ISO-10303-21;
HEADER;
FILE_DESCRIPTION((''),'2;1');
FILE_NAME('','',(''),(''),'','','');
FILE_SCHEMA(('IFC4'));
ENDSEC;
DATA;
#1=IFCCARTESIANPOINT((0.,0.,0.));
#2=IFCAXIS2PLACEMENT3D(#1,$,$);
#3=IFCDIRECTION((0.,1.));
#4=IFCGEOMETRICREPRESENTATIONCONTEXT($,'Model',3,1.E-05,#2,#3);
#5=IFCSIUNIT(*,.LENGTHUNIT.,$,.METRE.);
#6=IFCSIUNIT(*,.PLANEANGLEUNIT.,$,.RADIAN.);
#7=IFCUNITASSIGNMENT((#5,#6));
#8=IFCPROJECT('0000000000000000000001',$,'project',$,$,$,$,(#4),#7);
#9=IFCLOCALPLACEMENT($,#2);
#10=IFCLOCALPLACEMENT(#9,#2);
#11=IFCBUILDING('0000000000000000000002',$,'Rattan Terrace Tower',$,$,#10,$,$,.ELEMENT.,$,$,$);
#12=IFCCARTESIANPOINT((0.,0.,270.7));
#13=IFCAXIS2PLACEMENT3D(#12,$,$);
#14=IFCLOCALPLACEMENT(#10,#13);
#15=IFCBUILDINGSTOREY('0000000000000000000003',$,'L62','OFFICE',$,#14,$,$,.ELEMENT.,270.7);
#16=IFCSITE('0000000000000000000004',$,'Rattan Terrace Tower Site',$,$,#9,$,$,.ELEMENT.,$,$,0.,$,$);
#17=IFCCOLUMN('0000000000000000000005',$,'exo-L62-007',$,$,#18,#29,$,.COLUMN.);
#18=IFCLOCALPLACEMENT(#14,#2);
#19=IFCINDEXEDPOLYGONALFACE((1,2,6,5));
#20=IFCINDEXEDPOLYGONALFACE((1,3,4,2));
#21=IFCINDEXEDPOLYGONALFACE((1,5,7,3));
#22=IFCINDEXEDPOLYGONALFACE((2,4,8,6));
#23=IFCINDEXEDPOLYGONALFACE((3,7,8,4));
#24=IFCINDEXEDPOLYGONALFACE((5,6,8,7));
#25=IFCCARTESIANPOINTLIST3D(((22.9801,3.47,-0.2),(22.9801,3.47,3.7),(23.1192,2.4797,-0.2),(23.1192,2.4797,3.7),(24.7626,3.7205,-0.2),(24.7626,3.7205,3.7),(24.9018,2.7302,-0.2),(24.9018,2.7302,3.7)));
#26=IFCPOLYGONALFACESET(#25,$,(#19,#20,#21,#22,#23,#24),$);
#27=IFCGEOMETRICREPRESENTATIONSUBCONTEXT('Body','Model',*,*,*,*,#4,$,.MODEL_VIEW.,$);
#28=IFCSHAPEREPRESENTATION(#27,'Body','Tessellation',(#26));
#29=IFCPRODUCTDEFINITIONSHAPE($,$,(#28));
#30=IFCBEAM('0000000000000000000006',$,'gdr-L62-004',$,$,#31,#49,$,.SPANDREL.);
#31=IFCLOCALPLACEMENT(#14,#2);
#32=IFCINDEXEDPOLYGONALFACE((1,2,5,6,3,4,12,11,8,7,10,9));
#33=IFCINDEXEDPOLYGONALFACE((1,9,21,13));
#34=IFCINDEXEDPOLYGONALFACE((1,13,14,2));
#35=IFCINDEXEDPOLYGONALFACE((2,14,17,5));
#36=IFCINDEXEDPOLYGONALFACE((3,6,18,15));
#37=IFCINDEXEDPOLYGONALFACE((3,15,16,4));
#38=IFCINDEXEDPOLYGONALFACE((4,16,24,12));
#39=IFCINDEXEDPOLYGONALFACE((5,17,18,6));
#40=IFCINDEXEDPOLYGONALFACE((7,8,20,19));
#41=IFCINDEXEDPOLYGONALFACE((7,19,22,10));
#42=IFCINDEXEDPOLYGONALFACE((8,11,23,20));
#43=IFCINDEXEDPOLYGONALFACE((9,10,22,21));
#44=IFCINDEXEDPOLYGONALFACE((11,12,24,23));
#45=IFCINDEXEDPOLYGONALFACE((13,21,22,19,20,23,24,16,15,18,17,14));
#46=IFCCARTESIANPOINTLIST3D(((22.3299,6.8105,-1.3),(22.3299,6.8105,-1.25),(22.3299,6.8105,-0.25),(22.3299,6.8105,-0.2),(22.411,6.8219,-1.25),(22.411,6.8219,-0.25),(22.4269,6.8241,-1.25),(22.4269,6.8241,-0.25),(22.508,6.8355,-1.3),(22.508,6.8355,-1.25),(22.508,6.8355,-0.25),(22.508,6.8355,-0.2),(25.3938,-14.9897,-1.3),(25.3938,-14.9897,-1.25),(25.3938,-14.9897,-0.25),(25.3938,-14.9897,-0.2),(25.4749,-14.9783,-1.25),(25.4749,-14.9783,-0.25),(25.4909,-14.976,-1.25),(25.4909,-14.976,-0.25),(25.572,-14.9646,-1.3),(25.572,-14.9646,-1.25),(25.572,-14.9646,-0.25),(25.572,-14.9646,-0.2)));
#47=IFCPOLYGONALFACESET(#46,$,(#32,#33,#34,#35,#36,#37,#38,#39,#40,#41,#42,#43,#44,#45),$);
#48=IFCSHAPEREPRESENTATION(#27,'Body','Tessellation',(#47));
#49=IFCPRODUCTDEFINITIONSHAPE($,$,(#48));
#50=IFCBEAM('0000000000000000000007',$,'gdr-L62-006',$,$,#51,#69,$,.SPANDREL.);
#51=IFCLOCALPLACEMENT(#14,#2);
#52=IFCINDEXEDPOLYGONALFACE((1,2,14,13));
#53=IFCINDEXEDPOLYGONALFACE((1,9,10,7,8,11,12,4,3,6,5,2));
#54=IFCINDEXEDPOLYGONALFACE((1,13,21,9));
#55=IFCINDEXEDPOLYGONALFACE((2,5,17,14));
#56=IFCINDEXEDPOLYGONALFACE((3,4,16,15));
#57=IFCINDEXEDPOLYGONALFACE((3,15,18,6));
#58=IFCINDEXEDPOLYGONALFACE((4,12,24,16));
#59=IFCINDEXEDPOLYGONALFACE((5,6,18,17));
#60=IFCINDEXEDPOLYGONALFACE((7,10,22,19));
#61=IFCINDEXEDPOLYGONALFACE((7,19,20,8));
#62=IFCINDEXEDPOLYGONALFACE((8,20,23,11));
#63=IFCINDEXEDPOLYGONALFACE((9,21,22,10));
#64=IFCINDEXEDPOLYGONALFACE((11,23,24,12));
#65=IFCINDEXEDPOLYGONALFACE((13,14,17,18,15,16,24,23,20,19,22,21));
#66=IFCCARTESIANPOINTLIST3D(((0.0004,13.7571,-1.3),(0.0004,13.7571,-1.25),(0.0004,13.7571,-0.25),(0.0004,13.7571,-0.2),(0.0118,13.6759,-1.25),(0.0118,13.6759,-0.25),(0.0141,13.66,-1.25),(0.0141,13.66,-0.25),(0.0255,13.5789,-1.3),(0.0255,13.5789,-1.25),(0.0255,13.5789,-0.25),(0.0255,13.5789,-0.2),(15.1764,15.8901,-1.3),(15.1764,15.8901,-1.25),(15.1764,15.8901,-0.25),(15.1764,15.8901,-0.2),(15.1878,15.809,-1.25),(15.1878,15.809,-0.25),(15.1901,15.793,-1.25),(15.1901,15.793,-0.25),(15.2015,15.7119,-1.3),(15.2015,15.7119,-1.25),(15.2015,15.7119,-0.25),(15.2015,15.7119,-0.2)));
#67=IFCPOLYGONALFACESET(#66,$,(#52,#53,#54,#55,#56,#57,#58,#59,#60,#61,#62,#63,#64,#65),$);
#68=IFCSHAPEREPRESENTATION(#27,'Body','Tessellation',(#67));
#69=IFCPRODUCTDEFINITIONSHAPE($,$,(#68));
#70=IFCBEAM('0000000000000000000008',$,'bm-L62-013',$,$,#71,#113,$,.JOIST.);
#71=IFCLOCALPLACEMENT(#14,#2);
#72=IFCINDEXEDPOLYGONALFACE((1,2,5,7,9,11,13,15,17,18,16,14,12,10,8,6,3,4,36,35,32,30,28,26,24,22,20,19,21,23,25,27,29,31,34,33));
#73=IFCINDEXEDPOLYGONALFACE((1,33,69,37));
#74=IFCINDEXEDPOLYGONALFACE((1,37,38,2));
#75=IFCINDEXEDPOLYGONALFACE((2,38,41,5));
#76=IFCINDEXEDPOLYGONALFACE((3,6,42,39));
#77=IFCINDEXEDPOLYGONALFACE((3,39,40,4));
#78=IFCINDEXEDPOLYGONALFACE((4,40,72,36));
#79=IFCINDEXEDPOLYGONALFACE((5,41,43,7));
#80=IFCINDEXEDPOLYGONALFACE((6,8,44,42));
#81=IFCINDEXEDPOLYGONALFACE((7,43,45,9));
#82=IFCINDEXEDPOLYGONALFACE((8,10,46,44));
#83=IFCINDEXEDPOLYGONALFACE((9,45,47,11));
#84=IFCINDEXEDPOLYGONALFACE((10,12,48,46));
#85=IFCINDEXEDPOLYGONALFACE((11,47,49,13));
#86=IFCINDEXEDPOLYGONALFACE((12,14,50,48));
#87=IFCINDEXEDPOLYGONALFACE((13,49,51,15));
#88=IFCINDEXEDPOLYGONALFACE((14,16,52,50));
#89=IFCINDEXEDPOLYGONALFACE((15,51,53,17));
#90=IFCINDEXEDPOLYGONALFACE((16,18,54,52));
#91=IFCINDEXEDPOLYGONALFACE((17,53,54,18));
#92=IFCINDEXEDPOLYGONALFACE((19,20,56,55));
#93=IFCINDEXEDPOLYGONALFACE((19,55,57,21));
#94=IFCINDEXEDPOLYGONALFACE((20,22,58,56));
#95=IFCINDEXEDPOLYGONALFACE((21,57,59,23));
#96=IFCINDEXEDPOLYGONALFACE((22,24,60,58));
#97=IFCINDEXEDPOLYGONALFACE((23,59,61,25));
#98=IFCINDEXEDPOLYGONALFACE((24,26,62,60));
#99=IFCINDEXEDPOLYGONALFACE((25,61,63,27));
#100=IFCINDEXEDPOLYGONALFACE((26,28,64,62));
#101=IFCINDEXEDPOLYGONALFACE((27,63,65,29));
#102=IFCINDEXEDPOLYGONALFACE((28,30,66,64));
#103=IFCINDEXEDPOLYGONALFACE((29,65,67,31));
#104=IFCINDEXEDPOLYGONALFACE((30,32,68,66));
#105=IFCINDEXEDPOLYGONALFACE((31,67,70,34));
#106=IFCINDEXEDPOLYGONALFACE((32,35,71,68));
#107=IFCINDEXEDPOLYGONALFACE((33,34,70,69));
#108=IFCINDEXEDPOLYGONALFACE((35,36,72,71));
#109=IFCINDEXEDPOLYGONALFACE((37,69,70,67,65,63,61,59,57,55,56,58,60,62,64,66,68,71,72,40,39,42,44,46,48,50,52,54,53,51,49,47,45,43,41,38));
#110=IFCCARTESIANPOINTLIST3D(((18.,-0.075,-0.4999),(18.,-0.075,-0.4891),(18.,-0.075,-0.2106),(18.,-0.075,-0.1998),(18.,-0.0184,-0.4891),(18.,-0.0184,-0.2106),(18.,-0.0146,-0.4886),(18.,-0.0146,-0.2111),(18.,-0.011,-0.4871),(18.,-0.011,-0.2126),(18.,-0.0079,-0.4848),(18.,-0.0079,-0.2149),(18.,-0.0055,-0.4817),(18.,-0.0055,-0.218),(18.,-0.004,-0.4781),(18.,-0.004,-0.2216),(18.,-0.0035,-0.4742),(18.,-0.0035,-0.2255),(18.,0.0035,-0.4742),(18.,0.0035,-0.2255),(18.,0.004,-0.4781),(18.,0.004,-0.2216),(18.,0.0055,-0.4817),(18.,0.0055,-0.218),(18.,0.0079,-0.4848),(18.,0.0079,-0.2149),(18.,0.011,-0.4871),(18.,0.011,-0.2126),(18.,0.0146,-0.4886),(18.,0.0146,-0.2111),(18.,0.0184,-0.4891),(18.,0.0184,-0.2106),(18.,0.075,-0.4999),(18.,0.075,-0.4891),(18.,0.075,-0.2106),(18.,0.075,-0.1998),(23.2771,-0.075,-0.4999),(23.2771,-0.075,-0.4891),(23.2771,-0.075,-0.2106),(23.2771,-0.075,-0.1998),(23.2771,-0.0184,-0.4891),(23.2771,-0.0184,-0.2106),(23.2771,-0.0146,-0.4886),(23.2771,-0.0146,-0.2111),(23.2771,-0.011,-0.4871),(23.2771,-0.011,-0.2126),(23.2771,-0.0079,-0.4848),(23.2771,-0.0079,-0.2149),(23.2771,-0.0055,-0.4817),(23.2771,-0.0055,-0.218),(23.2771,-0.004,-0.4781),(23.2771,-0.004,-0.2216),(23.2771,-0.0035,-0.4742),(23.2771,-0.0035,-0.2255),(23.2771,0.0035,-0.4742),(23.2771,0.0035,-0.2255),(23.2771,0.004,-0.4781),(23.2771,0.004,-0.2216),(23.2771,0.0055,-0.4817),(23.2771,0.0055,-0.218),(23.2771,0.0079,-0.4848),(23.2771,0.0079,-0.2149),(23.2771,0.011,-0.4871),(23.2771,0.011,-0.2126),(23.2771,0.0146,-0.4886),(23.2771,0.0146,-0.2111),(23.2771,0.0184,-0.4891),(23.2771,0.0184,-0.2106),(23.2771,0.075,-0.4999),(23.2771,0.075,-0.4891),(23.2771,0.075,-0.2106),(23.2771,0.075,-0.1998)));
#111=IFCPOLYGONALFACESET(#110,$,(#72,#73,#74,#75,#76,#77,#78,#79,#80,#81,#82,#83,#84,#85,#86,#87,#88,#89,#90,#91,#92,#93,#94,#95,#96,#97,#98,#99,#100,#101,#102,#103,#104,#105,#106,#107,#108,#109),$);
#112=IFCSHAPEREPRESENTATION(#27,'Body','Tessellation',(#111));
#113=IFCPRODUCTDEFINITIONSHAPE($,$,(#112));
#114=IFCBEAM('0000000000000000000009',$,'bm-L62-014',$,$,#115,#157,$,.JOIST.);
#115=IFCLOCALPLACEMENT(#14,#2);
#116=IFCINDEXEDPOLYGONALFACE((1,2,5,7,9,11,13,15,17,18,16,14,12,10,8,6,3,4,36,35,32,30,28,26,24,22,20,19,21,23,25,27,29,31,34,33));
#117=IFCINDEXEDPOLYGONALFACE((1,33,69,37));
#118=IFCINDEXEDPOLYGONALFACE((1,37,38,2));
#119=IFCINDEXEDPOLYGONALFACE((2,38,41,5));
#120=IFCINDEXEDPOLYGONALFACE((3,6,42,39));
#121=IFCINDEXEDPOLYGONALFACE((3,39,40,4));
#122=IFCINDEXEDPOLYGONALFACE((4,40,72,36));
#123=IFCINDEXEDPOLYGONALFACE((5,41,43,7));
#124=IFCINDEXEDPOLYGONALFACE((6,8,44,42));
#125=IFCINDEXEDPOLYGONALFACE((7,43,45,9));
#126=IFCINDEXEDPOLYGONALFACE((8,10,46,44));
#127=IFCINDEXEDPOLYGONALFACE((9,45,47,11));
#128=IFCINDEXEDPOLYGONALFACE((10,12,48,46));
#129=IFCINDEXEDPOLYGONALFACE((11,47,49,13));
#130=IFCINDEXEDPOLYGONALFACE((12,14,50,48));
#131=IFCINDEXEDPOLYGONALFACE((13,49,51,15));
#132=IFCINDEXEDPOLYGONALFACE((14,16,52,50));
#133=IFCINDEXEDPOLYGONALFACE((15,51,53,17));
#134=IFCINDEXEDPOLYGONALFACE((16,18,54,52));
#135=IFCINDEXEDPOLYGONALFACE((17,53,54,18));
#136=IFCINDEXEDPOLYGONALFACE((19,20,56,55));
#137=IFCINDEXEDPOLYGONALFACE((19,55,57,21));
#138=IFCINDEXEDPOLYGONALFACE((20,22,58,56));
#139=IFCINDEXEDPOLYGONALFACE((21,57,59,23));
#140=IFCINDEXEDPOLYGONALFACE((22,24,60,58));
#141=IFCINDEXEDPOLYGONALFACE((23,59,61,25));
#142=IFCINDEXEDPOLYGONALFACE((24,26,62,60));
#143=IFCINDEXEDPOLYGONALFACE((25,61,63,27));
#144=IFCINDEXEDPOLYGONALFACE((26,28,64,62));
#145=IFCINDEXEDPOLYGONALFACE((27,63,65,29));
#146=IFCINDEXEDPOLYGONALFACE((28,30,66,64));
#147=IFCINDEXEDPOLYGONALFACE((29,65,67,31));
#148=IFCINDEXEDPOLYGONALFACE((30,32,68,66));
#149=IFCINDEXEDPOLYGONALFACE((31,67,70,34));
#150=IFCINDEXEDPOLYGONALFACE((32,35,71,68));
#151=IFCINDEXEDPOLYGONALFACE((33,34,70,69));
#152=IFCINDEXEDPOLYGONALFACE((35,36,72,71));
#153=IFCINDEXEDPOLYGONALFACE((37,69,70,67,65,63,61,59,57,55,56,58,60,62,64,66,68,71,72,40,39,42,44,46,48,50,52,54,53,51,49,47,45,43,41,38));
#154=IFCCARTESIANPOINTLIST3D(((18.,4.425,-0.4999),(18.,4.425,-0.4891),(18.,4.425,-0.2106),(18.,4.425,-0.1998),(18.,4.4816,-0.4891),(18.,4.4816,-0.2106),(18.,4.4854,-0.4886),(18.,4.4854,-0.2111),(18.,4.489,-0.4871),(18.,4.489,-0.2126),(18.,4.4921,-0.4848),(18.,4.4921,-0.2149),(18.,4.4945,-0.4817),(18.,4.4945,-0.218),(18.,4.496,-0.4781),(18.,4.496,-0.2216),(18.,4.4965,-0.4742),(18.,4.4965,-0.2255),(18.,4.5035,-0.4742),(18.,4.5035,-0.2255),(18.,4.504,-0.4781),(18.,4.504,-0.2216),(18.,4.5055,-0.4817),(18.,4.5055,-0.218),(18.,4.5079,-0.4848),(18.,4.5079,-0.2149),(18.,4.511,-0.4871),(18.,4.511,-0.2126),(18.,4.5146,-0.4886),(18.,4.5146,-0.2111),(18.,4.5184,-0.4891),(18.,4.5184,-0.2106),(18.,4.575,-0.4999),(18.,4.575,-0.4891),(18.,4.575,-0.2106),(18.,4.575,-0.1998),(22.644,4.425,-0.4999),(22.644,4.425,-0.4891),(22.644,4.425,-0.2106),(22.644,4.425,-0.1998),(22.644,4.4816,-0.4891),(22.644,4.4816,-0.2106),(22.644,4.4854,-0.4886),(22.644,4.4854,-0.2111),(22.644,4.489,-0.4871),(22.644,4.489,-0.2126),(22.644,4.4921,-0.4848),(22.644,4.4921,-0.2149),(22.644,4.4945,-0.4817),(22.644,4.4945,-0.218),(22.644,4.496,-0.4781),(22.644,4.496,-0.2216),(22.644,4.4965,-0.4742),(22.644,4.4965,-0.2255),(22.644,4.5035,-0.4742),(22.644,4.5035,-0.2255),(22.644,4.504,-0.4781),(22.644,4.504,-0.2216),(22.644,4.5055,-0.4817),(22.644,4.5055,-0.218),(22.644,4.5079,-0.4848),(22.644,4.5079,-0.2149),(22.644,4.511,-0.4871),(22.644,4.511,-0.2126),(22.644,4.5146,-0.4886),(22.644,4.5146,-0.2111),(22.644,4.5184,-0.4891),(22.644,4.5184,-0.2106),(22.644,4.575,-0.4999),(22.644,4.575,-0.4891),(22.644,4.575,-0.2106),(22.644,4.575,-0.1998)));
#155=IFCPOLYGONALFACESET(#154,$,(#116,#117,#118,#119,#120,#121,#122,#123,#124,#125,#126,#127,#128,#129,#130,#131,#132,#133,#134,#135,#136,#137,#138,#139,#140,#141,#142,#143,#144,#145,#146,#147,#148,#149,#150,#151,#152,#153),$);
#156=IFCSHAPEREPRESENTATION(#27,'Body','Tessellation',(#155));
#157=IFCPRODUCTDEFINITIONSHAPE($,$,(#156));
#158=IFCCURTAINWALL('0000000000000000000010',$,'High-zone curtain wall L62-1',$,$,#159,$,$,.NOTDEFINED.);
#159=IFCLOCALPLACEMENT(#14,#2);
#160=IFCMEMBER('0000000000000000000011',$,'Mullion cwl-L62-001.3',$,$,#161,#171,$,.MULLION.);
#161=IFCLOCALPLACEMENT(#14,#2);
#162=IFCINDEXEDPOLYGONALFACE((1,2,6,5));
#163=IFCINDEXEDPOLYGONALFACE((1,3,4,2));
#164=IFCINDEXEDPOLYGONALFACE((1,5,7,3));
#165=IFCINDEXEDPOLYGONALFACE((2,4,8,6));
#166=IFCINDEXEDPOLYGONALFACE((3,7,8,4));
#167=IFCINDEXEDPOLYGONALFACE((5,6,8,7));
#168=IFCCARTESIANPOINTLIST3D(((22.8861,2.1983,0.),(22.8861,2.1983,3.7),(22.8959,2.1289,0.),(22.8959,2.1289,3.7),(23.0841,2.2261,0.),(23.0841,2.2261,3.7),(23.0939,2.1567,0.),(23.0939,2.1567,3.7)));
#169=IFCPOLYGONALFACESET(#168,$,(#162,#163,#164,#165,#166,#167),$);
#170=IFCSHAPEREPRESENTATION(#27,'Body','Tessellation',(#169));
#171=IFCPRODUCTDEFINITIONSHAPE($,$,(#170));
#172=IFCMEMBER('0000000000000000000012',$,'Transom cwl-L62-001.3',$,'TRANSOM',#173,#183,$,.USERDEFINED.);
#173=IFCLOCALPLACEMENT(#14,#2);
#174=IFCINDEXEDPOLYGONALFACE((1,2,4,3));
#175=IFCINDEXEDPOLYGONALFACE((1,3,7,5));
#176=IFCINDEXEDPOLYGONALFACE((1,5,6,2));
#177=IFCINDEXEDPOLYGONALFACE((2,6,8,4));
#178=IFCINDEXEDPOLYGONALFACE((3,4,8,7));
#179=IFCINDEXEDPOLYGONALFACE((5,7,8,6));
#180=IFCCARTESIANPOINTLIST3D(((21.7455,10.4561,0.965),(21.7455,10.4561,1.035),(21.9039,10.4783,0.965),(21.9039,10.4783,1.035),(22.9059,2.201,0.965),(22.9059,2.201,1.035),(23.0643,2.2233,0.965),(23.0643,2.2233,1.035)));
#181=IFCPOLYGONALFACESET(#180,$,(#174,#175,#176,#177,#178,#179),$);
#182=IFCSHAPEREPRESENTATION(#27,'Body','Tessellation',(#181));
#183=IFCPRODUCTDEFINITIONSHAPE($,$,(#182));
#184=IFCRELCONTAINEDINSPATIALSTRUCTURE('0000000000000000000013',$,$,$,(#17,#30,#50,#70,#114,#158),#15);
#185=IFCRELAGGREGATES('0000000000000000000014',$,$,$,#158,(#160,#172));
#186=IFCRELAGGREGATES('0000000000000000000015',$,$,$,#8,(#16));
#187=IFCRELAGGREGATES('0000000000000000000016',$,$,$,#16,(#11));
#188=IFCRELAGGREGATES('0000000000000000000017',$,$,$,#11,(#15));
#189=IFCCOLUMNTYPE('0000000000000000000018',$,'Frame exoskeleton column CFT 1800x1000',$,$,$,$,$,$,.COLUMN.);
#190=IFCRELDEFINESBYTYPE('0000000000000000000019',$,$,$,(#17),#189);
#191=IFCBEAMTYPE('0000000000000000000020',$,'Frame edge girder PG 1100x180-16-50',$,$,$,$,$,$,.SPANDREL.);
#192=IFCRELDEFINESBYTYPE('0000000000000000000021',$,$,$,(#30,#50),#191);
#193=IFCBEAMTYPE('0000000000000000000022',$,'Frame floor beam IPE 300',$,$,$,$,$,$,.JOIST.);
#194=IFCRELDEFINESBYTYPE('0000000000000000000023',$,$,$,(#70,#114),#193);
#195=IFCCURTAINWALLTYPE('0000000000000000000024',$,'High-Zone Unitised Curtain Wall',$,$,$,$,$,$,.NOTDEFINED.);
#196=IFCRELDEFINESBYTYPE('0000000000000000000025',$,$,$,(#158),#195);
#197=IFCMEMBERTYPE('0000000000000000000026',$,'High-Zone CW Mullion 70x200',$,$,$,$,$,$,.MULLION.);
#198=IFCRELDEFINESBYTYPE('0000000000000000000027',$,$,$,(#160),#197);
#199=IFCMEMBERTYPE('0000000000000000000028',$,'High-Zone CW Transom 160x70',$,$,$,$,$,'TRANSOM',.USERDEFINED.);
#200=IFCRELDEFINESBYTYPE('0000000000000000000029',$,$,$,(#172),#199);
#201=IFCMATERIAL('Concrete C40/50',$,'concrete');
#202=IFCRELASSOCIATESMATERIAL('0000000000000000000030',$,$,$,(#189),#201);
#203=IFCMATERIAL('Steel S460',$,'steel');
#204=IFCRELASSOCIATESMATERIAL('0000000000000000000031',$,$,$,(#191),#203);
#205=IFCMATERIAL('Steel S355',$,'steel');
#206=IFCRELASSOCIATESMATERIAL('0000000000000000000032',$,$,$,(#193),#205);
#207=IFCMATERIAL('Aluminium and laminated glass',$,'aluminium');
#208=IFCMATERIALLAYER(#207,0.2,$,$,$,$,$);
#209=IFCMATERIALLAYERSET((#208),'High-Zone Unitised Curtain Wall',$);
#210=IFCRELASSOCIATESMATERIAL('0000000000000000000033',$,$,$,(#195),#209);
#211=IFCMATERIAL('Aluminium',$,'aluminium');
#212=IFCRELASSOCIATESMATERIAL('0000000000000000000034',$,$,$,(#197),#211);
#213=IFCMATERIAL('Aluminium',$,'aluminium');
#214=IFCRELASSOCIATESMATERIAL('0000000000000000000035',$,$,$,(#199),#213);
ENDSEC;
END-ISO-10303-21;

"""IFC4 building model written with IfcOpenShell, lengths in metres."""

from ifc_helpers import new_model, si_unit, direction, frame, origin, origin_2d, place, context, subcontext, project, spatial, rectangle, i_section, extrude, material, layer, layer_set, material_profile, profile_set, type_object, element, aggregate, save


model = new_model("IFC4")

# Units and contexts
model_context = context("Model", 3, precision=1e-05, world=origin(), true_north=direction((0.0, 1.0)))
body_context = subcontext(model_context, "Body", "Model", "MODEL_VIEW")
ifc_project = project(units=[si_unit("LENGTHUNIT", "METRE"), si_unit("PLANEANGLEUNIT", "RADIAN")], contexts=[model_context])

# Site, building, storey
site_placement = place(None, origin())
site = spatial("IfcSite", under=ifc_project, at=site_placement, Name="Rattan Terrace Tower Site", CompositionType="ELEMENT", RefElevation=0.0)
building_placement = place(site_placement, origin())
building = spatial("IfcBuilding", under=site, at=building_placement, Name="Rattan Terrace Tower", CompositionType="ELEMENT")
storey_placement = place(building_placement, frame((0.0, 0.0, 270.7)))
storey = spatial("IfcBuildingStorey", under=building, at=storey_placement, Name="L62", Description="OFFICE", CompositionType="ELEMENT", Elevation=270.7)

# Column
ifc_material_1 = material(Name="Concrete C40/50", Category="concrete")
ifc_material_profile_1 = material_profile(ifc_material_1, rectangle(XDim=1.0, YDim=1.8, at=origin_2d()), Name="CFT 1800x1000")
ifc_profile_set_1 = profile_set([ifc_material_profile_1], Name="Concrete C40/50")
column_type = type_object("IfcColumnType", Name="Frame exoskeleton column CFT 1800x1000", PredefinedType="COLUMN", material=ifc_profile_set_1)
column_placement = place(storey_placement, frame((23.9409, 3.1001, -0.2), z_axis=(0.0, 0.0, 1.0), x_axis=(-0.13919, 0.990266, 0.0)))
element("IfcColumn", 1, at=column_placement, inside=storey, type_object=column_type, Name="exo-L62-007", PredefinedType="COLUMN", context=body_context, shape_type="SweptSolid", body=[
    extrude(rectangle(XDim=1.0, YDim=1.8, at=origin_2d()), origin(), (0.0, 0.0, 1.0), 3.8999),
])

# Beams
ifc_material_2 = material(Name="Steel S460", Category="steel")
ifc_material_profile_2 = material_profile(ifc_material_2, i_section(OverallWidth=0.1799, OverallDepth=1.1001, WebThickness=0.0161, FlangeThickness=0.05, at=origin_2d()), Name="PG 1100x180-16-50")
ifc_profile_set_2 = profile_set([ifc_material_profile_2], Name="Steel S460")
beam_type_1 = type_object("IfcBeamType", Name="Frame edge girder PG 1100x180-16-50", PredefinedType="SPANDREL", material=ifc_profile_set_2)
beam_1_placement = place(storey_placement, frame((22.4189, 6.823, -0.75), z_axis=(0.139181, -0.990267, 0.0), x_axis=(0.990267, 0.139181, 0.0)))
element("IfcBeam", 2, at=beam_1_placement, inside=storey, type_object=beam_type_1, Name="gdr-L62-004", PredefinedType="SPANDREL", context=body_context, shape_type="SweptSolid", body=[
    extrude(i_section(OverallWidth=0.1799, OverallDepth=1.1001, WebThickness=0.0161, FlangeThickness=0.05, at=origin_2d()), origin(), (0.0, 0.0, 1.0), 22.0144),
])
beam_2_placement = place(storey_placement, frame((15.189, 15.801, -0.75), z_axis=(-0.990266, -0.139186, 0.0), x_axis=(0.139186, -0.990266, 0.0)))
element("IfcBeam", 3, at=beam_2_placement, inside=storey, type_object=beam_type_1, Name="gdr-L62-006", PredefinedType="SPANDREL", context=body_context, shape_type="SweptSolid", body=[
    extrude(i_section(OverallWidth=0.1799, OverallDepth=1.1001, WebThickness=0.0161, FlangeThickness=0.05, at=origin_2d()), origin(), (0.0, 0.0, 1.0), 15.3252),
])
ifc_material_3 = material(Name="Steel S355", Category="steel")
ifc_material_profile_3 = material_profile(ifc_material_3, i_section(OverallWidth=0.1499, OverallDepth=0.3, WebThickness=0.0071, FlangeThickness=0.0107, FilletRadius=0.0149, at=origin_2d()), Name="IPE 300")
ifc_profile_set_3 = profile_set([ifc_material_profile_3], Name="Steel S355")
beam_type_2 = type_object("IfcBeamType", Name="Frame floor beam IPE 300", PredefinedType="JOIST", material=ifc_profile_set_3)
beam_3_placement = place(storey_placement, frame((18.0, 0.0, -0.3499), z_axis=(1.0, 0.0, 0.0), x_axis=(0.0, 1.0, 0.0)))
element("IfcBeam", 4, at=beam_3_placement, inside=storey, type_object=beam_type_2, Name="bm-L62-013", PredefinedType="JOIST", context=body_context, shape_type="SweptSolid", body=[
    extrude(i_section(OverallWidth=0.1499, OverallDepth=0.3, WebThickness=0.0071, FlangeThickness=0.0107, FilletRadius=0.0149, at=origin_2d()), origin(), (0.0, 0.0, 1.0), 5.2771),
])
beam_4_placement = place(storey_placement, frame((18.0, 4.5, -0.3499), z_axis=(1.0, 0.0, 0.0), x_axis=(0.0, 1.0, 0.0)))
element("IfcBeam", 5, at=beam_4_placement, inside=storey, type_object=beam_type_2, Name="bm-L62-014", PredefinedType="JOIST", context=body_context, shape_type="SweptSolid", body=[
    extrude(i_section(OverallWidth=0.1499, OverallDepth=0.3, WebThickness=0.0071, FlangeThickness=0.0107, FilletRadius=0.0149, at=origin_2d()), origin(), (0.0, 0.0, 1.0), 4.644),
])

# Curtain wall, members
ifc_material_4 = material(Name="Aluminium and laminated glass", Category="aluminium")
ifc_layer_1 = layer(ifc_material_4, 0.2)
ifc_layer_set_1 = layer_set([ifc_layer_1], Name="High-Zone Unitised Curtain Wall")
curtain_wall_type = type_object("IfcCurtainWallType", Name="High-Zone Unitised Curtain Wall", PredefinedType="NOTDEFINED", material=ifc_layer_set_1)
curtain_wall_placement = place(storey_placement, origin())
curtain_wall = element("IfcCurtainWall", 6, at=curtain_wall_placement, inside=storey, type_object=curtain_wall_type, Name="High-zone curtain wall L62-1", PredefinedType="NOTDEFINED")
ifc_material_5 = material(Name="Aluminium", Category="aluminium")
ifc_material_profile_4 = material_profile(ifc_material_5, rectangle(XDim=0.0701, YDim=0.2, at=origin_2d()), Name="Aluminium 70x200")
ifc_profile_set_4 = profile_set([ifc_material_profile_4], Name="Aluminium")
member_type_1 = type_object("IfcMemberType", Name="High-Zone CW Mullion 70x200", PredefinedType="MULLION", material=ifc_profile_set_4)
member_1_placement = place(storey_placement, frame((22.99, 2.1775, 0.0), z_axis=(0.0, 0.0, 1.0), x_axis=(-0.139192, 0.990265, 0.0)))
member_1 = element("IfcMember", 7, at=member_1_placement, type_object=member_type_1, Name="Mullion cwl-L62-001.3", PredefinedType="MULLION", context=body_context, shape_type="SweptSolid", body=[
    extrude(rectangle(XDim=0.0701, YDim=0.2, at=origin_2d()), origin(), (0.0, 0.0, 1.0), 3.7),
])
ifc_material_6 = material(Name="Aluminium", Category="aluminium")
ifc_material_profile_5 = material_profile(ifc_material_6, rectangle(XDim=0.1599, YDim=0.0701, at=origin_2d()), Name="Aluminium 160x70")
ifc_profile_set_5 = profile_set([ifc_material_profile_5], Name="Aluminium")
member_type_2 = type_object("IfcMemberType", Name="High-Zone CW Transom 160x70", ElementType="TRANSOM", PredefinedType="USERDEFINED", material=ifc_profile_set_5)
member_2_placement = place(storey_placement, frame((22.9851, 2.2122, 1.0), z_axis=(-0.139199, 0.990264, 0.0), x_axis=(-0.990264, -0.139199, 0.0)))
member_2 = element("IfcMember", 8, at=member_2_placement, type_object=member_type_2, Name="Transom cwl-L62-001.3", ObjectType="TRANSOM", PredefinedType="USERDEFINED", context=body_context, shape_type="SweptSolid", body=[
    extrude(rectangle(XDim=0.1599, YDim=0.0701, at=origin_2d()), origin(), (0.0, 0.0, 1.0), 8.3362),
])
aggregate(curtain_wall, [member_1, member_2])

save(model, "model.ifc")
